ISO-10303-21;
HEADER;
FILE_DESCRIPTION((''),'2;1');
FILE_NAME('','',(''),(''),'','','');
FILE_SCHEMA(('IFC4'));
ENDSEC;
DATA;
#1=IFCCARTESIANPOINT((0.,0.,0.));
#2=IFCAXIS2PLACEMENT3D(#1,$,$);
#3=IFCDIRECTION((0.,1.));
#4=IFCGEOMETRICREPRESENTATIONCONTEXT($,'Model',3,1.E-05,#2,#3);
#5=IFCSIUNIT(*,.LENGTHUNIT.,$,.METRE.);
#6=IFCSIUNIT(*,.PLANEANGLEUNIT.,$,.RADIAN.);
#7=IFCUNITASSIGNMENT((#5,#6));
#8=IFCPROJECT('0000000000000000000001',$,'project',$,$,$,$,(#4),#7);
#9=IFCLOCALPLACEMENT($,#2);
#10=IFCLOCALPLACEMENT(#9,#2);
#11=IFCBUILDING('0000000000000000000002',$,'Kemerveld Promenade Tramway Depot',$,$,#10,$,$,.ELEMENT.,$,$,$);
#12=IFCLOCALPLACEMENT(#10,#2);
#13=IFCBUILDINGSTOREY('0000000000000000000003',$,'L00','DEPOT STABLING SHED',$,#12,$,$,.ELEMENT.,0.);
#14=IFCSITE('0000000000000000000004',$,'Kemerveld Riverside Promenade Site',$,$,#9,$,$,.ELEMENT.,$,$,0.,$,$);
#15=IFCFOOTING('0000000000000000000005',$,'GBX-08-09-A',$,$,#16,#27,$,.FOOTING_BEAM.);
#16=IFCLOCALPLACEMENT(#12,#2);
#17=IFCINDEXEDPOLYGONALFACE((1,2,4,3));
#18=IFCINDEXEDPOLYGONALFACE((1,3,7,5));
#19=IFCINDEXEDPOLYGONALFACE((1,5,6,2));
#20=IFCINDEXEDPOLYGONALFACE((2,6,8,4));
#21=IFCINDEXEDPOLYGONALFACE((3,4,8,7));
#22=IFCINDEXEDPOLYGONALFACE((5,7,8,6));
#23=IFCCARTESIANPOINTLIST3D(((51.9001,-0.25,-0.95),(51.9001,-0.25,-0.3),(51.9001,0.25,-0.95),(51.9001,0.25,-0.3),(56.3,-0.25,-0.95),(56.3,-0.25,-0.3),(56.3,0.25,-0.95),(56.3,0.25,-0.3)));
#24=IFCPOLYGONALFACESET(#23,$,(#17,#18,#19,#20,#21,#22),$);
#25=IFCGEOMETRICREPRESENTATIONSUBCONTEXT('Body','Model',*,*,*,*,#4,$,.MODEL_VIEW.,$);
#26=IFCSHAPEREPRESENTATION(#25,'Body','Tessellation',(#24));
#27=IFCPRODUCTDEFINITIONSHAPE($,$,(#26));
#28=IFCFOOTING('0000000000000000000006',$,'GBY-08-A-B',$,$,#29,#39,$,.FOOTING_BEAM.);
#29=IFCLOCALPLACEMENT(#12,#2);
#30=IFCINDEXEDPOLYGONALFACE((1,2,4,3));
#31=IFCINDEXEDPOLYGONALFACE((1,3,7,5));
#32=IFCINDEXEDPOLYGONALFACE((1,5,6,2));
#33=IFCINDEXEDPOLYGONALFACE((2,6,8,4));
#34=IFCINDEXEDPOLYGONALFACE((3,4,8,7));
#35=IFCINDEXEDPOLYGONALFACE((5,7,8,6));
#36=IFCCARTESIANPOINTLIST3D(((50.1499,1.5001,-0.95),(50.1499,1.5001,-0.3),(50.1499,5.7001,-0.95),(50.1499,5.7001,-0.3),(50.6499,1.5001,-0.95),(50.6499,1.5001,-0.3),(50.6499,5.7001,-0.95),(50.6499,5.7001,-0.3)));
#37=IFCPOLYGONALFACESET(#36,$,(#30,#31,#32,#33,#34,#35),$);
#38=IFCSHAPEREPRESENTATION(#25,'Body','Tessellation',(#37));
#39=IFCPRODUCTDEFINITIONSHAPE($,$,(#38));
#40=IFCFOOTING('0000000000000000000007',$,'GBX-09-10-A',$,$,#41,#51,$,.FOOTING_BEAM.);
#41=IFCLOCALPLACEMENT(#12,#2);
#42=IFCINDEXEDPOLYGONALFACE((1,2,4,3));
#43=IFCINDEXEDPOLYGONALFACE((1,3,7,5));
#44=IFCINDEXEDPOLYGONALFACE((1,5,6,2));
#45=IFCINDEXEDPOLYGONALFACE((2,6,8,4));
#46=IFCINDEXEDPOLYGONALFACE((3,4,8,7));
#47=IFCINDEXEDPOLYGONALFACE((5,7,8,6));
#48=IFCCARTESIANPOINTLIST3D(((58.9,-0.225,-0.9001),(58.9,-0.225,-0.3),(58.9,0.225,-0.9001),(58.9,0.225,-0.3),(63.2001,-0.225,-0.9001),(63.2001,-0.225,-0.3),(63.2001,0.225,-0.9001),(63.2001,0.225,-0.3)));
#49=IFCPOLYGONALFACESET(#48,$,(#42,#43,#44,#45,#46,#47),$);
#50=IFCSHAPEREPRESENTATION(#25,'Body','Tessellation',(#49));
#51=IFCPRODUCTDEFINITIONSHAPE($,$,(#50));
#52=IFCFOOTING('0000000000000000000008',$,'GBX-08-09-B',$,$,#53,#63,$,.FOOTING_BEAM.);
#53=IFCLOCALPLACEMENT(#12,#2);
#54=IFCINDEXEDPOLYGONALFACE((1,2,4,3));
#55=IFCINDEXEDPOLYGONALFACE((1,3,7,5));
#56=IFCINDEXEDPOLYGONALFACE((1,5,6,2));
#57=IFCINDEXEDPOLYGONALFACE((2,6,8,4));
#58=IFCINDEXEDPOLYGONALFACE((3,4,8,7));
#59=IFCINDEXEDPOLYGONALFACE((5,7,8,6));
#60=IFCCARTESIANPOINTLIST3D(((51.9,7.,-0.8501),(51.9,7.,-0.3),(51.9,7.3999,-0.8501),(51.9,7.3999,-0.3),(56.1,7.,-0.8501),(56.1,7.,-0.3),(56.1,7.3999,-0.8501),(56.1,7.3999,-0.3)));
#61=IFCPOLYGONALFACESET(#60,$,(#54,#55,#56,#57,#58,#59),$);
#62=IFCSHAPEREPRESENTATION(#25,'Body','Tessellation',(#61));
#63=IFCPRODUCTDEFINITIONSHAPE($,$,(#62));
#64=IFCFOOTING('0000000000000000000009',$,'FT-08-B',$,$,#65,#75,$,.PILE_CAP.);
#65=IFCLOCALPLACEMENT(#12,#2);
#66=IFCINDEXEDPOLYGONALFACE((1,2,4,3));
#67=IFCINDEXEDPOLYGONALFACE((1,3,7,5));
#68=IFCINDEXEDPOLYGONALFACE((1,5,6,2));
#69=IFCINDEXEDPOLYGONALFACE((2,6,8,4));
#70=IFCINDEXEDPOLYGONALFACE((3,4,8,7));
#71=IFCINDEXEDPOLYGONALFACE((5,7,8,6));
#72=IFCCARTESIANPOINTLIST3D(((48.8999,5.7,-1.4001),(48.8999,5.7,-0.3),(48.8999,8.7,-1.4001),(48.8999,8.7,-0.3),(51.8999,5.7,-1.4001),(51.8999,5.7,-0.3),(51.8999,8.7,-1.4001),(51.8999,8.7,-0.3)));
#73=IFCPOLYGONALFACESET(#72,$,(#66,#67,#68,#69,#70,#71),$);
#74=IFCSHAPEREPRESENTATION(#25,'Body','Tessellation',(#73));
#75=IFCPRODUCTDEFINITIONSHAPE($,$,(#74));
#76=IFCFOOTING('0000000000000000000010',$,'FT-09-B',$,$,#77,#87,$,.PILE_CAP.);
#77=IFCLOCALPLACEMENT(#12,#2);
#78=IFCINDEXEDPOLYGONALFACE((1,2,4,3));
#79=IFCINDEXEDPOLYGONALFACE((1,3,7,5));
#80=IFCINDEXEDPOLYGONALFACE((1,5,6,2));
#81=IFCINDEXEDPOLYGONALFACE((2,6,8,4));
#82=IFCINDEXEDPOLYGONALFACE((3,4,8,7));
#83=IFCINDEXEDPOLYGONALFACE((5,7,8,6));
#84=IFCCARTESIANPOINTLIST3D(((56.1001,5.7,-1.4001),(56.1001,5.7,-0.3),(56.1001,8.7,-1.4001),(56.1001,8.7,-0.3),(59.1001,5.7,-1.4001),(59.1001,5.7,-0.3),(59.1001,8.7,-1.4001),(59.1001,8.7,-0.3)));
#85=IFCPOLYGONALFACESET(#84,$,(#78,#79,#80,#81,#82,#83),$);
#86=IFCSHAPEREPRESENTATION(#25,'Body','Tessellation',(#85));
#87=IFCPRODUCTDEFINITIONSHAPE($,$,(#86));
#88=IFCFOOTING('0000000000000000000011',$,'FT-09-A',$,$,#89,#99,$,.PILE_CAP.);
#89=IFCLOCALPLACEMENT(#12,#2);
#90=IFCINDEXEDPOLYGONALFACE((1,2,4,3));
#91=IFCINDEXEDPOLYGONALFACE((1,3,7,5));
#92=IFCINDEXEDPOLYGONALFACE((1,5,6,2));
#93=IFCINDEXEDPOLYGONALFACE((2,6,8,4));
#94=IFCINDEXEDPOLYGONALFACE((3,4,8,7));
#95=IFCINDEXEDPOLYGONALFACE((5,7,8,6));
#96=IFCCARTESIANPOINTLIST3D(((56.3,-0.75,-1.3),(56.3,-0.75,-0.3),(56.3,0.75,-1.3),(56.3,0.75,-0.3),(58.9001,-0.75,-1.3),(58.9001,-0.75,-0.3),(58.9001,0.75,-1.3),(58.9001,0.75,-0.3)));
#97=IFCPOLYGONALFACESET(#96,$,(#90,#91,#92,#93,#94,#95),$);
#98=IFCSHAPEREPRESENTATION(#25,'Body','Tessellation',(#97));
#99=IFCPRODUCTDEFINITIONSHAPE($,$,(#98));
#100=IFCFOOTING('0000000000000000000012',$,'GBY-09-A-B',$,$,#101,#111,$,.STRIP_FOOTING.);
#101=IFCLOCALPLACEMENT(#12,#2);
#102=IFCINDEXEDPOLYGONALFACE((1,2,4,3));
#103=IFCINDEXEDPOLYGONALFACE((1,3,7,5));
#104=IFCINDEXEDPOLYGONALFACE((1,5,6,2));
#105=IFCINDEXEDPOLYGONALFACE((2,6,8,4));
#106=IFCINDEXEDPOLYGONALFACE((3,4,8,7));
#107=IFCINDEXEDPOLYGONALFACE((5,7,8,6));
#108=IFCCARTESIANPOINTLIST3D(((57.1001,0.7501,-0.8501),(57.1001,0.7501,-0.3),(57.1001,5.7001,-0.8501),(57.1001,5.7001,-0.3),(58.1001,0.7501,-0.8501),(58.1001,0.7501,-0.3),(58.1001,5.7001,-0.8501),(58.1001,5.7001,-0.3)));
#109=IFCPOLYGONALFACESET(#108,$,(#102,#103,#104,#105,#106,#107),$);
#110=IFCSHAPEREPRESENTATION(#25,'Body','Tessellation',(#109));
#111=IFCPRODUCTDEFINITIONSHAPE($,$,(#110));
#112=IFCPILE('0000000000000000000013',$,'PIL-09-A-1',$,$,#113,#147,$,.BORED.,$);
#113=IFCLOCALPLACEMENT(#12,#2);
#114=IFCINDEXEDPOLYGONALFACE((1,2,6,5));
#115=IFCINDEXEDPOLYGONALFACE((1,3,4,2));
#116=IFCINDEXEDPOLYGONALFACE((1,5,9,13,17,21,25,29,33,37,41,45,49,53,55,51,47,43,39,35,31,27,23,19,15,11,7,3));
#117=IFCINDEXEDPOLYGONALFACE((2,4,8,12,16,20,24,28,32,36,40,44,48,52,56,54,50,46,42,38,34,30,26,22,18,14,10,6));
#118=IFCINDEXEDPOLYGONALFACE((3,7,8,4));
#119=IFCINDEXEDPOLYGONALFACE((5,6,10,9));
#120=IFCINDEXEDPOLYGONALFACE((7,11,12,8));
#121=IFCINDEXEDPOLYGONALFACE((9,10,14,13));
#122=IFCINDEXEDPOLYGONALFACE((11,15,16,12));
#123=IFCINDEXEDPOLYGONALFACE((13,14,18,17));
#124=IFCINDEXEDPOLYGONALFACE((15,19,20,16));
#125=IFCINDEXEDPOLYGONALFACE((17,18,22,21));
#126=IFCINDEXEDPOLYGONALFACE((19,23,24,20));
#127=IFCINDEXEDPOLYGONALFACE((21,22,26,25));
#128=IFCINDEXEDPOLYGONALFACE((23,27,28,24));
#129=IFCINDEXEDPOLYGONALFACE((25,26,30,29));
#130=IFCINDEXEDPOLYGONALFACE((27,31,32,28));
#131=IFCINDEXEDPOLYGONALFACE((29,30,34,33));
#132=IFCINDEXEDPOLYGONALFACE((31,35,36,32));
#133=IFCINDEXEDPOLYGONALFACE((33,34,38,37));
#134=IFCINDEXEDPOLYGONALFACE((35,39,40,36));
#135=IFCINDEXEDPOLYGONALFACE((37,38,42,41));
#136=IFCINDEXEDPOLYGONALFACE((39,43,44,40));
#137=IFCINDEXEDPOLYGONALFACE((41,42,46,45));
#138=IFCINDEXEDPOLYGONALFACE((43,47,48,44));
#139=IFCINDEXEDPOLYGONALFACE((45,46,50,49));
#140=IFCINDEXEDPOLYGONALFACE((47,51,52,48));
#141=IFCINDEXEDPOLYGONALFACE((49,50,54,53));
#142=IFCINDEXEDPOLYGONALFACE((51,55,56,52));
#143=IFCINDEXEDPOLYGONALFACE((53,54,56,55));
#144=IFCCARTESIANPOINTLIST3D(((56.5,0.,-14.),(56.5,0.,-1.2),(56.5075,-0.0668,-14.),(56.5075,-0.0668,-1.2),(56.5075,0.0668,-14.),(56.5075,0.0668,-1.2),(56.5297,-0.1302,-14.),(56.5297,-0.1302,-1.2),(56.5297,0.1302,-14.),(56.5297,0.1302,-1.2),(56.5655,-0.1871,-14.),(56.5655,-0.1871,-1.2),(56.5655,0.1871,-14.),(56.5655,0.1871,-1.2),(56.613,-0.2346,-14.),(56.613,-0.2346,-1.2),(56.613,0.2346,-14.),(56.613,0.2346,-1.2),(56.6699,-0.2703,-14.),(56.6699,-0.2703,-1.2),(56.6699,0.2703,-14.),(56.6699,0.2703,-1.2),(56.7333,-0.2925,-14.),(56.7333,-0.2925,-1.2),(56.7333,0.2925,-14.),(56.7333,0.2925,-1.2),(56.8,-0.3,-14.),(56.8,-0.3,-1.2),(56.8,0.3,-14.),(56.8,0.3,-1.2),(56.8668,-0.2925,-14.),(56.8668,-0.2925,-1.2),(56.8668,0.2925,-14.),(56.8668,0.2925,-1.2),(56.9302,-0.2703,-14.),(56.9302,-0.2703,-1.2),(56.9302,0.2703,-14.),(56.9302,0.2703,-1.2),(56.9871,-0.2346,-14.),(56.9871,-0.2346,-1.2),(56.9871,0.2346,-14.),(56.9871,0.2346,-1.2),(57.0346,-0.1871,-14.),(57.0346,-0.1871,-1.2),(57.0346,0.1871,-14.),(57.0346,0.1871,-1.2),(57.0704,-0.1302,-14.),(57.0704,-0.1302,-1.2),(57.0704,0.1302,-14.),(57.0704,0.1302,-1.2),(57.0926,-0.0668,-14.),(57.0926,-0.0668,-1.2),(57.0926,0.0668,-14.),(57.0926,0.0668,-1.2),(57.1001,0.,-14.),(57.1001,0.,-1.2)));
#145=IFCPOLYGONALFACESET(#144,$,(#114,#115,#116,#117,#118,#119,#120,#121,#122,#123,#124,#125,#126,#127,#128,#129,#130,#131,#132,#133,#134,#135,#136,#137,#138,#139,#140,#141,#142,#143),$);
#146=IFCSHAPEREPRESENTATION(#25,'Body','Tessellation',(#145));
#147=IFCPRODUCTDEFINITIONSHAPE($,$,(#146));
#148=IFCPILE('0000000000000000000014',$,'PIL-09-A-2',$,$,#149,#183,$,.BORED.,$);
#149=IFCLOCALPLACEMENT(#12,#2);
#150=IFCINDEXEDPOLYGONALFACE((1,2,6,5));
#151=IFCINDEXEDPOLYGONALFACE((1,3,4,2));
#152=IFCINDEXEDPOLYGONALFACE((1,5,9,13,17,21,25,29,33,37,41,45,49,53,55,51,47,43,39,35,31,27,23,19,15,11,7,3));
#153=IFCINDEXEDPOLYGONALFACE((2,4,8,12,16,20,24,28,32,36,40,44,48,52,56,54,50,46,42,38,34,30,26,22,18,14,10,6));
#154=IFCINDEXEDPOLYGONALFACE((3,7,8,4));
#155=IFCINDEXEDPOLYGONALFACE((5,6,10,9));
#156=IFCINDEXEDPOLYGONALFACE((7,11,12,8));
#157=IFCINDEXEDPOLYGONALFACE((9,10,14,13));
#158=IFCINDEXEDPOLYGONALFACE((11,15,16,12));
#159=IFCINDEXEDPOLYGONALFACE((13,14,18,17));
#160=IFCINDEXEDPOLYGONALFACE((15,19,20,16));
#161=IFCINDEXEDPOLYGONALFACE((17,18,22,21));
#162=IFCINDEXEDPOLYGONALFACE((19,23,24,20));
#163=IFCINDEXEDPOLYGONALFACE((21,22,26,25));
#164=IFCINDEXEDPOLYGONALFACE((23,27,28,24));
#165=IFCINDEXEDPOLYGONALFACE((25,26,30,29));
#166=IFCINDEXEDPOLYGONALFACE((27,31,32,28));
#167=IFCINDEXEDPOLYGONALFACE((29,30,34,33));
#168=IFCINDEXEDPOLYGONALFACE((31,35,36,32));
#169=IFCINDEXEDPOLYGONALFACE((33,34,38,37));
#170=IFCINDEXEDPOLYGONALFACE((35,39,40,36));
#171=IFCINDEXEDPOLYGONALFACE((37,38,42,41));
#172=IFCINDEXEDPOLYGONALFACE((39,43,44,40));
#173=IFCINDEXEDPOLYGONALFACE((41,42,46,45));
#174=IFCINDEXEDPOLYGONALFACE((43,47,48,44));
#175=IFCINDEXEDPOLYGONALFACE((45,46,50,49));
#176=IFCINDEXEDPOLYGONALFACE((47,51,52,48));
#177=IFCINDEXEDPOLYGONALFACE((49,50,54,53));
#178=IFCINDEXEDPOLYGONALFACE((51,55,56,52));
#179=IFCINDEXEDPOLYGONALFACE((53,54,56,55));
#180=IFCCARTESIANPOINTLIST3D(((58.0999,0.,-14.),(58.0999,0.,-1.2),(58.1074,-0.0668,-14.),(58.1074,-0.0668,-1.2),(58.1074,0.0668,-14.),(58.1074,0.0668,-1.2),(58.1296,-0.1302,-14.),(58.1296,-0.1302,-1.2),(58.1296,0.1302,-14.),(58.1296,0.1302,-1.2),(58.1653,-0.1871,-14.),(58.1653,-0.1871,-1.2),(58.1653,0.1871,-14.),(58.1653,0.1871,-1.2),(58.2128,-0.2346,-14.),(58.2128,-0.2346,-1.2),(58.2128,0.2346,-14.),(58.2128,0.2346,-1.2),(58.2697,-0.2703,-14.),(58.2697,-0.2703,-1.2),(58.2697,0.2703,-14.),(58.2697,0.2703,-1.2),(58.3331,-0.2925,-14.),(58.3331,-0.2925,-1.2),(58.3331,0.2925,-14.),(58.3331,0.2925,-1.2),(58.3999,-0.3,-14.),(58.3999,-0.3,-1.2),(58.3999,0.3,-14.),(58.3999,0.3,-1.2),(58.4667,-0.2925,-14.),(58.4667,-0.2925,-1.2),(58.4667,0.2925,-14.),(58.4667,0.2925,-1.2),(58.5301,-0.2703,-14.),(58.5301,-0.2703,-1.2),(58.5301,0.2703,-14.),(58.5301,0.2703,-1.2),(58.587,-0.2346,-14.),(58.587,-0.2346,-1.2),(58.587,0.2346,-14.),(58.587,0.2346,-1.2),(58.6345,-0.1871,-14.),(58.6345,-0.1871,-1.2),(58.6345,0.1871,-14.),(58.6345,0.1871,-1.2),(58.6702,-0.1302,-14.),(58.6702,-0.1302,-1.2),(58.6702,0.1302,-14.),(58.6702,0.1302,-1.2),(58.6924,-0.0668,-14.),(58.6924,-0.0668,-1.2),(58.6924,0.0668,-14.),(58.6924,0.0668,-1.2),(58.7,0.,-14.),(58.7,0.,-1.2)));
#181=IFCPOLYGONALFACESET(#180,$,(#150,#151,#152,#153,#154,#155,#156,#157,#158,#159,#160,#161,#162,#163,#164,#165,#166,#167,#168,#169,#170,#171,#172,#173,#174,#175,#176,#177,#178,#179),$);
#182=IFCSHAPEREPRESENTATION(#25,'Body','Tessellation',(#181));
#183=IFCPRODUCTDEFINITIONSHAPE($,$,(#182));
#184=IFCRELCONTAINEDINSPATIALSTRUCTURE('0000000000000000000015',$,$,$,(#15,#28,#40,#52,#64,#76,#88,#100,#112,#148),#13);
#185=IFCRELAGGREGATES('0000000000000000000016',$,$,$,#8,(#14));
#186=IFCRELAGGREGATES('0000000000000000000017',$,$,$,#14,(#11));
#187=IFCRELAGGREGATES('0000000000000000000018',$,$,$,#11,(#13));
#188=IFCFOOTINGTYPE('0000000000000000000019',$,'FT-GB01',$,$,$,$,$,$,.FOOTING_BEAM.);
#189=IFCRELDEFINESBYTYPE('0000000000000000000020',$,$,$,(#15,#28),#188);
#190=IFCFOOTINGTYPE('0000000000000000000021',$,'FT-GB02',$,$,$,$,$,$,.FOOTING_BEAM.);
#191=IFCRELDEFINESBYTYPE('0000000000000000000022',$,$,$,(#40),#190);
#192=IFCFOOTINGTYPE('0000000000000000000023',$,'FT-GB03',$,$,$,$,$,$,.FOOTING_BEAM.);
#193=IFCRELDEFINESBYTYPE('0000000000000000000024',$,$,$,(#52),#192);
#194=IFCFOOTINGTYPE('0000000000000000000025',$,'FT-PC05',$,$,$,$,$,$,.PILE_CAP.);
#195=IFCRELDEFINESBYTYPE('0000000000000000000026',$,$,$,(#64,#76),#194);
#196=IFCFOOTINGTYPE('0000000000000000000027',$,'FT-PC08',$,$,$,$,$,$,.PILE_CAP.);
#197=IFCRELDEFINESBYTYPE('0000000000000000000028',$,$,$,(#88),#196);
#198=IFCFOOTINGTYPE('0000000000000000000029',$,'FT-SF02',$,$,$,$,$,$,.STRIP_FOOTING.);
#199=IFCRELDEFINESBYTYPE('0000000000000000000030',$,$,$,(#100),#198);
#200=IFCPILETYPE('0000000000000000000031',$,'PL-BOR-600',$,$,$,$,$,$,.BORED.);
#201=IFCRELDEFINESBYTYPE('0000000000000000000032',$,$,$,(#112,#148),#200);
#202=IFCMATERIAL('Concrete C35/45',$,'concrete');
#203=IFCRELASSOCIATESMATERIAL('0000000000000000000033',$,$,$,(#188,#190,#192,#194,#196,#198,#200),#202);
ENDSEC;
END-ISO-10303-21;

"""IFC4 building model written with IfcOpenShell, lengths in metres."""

from ifc_helpers import new_model, si_unit, direction, frame, origin, origin_2d, place, context, subcontext, project, spatial, rectangle, circle, extrude, material, material_profile, profile_set, type_object, element, save


model = new_model("IFC4")

# Units and contexts
model_context = context("Model", 3, precision=1e-05, world=origin(), true_north=direction((0.0, 1.0)))
body_context = subcontext(model_context, "Body", "Model", "MODEL_VIEW")
ifc_project = project(units=[si_unit("LENGTHUNIT", "METRE"), si_unit("PLANEANGLEUNIT", "RADIAN")], contexts=[model_context])

# Site, building, storey
site_placement = place(None, origin())
site = spatial("IfcSite", under=ifc_project, at=site_placement, Name="Kemerveld Riverside Promenade Site", CompositionType="ELEMENT", RefElevation=0.0)
building_placement = place(site_placement, origin())
building = spatial("IfcBuilding", under=site, at=building_placement, Name="Kemerveld Promenade Tramway Depot", CompositionType="ELEMENT")
storey_placement = place(building_placement, origin())
storey = spatial("IfcBuildingStorey", under=building, at=storey_placement, Name="L00", Description="DEPOT STABLING SHED", CompositionType="ELEMENT", Elevation=0.0)

# Footings
ifc_material_1 = material(Name="Concrete C35/45", Category="concrete")
footing_type_1 = type_object("IfcFootingType", Name="FT-GB01", PredefinedType="FOOTING_BEAM", material=ifc_material_1)
footing_1_placement = place(storey_placement, frame((54.1001, 0.0, -0.95), z_axis=(0.0, 0.0, 1.0), x_axis=(1.0, 0.0, 0.0)))
element("IfcFooting", 1, at=footing_1_placement, inside=storey, type_object=footing_type_1, Name="GBX-08-09-A", PredefinedType="FOOTING_BEAM", context=body_context, shape_type="SweptSolid", body=[
    extrude(rectangle(XDim=4.3999, YDim=0.5, at=origin_2d()), origin(), (0.0, 0.0, 1.0), 0.6499),
])
footing_2_placement = place(storey_placement, frame((50.3999, 3.6001, -0.95), z_axis=(0.0, 0.0, 1.0), x_axis=(0.0, 1.0, 0.0)))
element("IfcFooting", 2, at=footing_2_placement, inside=storey, type_object=footing_type_1, Name="GBY-08-A-B", PredefinedType="FOOTING_BEAM", context=body_context, shape_type="SweptSolid", body=[
    extrude(rectangle(XDim=4.2, YDim=0.5, at=origin_2d()), origin(), (0.0, 0.0, 1.0), 0.6499),
])
footing_type_2 = type_object("IfcFootingType", Name="FT-GB02", PredefinedType="FOOTING_BEAM", material=ifc_material_1)
footing_3_placement = place(storey_placement, frame((61.05, 0.0, -0.9001), z_axis=(0.0, 0.0, 1.0), x_axis=(1.0, 0.0, 0.0)))
element("IfcFooting", 3, at=footing_3_placement, inside=storey, type_object=footing_type_2, Name="GBX-09-10-A", PredefinedType="FOOTING_BEAM", context=body_context, shape_type="SweptSolid", body=[
    extrude(rectangle(XDim=4.3, YDim=0.45, at=origin_2d()), origin(), (0.0, 0.0, 1.0), 0.6001),
])
footing_type_3 = type_object("IfcFootingType", Name="FT-GB03", PredefinedType="FOOTING_BEAM", material=ifc_material_1)
footing_4_placement = place(storey_placement, frame((54.0, 7.2, -0.8501), z_axis=(0.0, 0.0, 1.0), x_axis=(1.0, 0.0, 0.0)))
element("IfcFooting", 4, at=footing_4_placement, inside=storey, type_object=footing_type_3, Name="GBX-08-09-B", PredefinedType="FOOTING_BEAM", context=body_context, shape_type="SweptSolid", body=[
    extrude(rectangle(XDim=4.2, YDim=0.3999, at=origin_2d()), origin(), (0.0, 0.0, 1.0), 0.55),
])
footing_type_4 = type_object("IfcFootingType", Name="FT-PC05", PredefinedType="PILE_CAP", material=ifc_material_1)
for number, where, z_axis, x_axis, name in (
    (5, (50.3999, 7.2, -1.4001), (0.0, 0.0, 1.0), (1.0, 0.0, 0.0), "FT-08-B"),
    (6, (57.6001, 7.2, -1.4001), (0.0, 0.0, 1.0), (1.0, 0.0, 0.0), "FT-09-B"),
):
    element("IfcFooting", number, at=place(storey_placement, frame(where, z_axis=z_axis, x_axis=x_axis)), inside=storey, type_object=footing_type_4, Name=name, PredefinedType="PILE_CAP", context=body_context, shape_type="SweptSolid", body=[
        extrude(rectangle(XDim=3.0, YDim=3.0, at=origin_2d()), origin(), (0.0, 0.0, 1.0), 1.1001),
    ])
footing_type_5 = type_object("IfcFootingType", Name="FT-PC08", PredefinedType="PILE_CAP", material=ifc_material_1)
footing_5_placement = place(storey_placement, frame((57.6001, 0.0, -1.3), z_axis=(0.0, 0.0, 1.0), x_axis=(1.0, 0.0, 0.0)))
element("IfcFooting", 7, at=footing_5_placement, inside=storey, type_object=footing_type_5, Name="FT-09-A", PredefinedType="PILE_CAP", context=body_context, shape_type="SweptSolid", body=[
    extrude(rectangle(XDim=2.6001, YDim=1.5, at=origin_2d()), origin(), (0.0, 0.0, 1.0), 1.0),
])
footing_type_6 = type_object("IfcFootingType", Name="FT-SF02", PredefinedType="STRIP_FOOTING", material=ifc_material_1)
footing_6_placement = place(storey_placement, frame((57.6001, 3.2251, -0.8501), z_axis=(0.0, 0.0, 1.0), x_axis=(0.0, 1.0, 0.0)))
element("IfcFooting", 8, at=footing_6_placement, inside=storey, type_object=footing_type_6, Name="GBY-09-A-B", PredefinedType="STRIP_FOOTING", context=body_context, shape_type="SweptSolid", body=[
    extrude(rectangle(XDim=4.95, YDim=1.0, at=origin_2d()), origin(), (0.0, 0.0, 1.0), 0.55),
])

# Piles
ifc_material_profile_1 = material_profile(ifc_material_1, circle(Radius=0.3, at=origin_2d()), Name="PILE-D600")
ifc_profile_set_1 = profile_set([ifc_material_profile_1], Name="Concrete C35/45")
pile_type_1 = type_object("IfcPileType", Name="PL-BOR-600", PredefinedType="BORED", material=ifc_profile_set_1)
for number, where, z_axis, x_axis, name in (
    (9, (56.8, 0.0, -1.2), (0.0, 0.0, -1.0), (1.0, 0.0, 0.0), "PIL-09-A-1"),
    (10, (58.3999, 0.0, -1.2), (0.0, 0.0, -1.0), (1.0, 0.0, 0.0), "PIL-09-A-2"),
):
    element("IfcPile", number, at=place(storey_placement, frame(where, z_axis=z_axis, x_axis=x_axis)), inside=storey, type_object=pile_type_1, Name=name, PredefinedType="BORED", context=body_context, shape_type="SweptSolid", body=[
        extrude(circle(Radius=0.3, at=origin_2d()), origin(), (0.0, 0.0, 1.0), 12.8),
    ])

save(model, "model.ifc")
